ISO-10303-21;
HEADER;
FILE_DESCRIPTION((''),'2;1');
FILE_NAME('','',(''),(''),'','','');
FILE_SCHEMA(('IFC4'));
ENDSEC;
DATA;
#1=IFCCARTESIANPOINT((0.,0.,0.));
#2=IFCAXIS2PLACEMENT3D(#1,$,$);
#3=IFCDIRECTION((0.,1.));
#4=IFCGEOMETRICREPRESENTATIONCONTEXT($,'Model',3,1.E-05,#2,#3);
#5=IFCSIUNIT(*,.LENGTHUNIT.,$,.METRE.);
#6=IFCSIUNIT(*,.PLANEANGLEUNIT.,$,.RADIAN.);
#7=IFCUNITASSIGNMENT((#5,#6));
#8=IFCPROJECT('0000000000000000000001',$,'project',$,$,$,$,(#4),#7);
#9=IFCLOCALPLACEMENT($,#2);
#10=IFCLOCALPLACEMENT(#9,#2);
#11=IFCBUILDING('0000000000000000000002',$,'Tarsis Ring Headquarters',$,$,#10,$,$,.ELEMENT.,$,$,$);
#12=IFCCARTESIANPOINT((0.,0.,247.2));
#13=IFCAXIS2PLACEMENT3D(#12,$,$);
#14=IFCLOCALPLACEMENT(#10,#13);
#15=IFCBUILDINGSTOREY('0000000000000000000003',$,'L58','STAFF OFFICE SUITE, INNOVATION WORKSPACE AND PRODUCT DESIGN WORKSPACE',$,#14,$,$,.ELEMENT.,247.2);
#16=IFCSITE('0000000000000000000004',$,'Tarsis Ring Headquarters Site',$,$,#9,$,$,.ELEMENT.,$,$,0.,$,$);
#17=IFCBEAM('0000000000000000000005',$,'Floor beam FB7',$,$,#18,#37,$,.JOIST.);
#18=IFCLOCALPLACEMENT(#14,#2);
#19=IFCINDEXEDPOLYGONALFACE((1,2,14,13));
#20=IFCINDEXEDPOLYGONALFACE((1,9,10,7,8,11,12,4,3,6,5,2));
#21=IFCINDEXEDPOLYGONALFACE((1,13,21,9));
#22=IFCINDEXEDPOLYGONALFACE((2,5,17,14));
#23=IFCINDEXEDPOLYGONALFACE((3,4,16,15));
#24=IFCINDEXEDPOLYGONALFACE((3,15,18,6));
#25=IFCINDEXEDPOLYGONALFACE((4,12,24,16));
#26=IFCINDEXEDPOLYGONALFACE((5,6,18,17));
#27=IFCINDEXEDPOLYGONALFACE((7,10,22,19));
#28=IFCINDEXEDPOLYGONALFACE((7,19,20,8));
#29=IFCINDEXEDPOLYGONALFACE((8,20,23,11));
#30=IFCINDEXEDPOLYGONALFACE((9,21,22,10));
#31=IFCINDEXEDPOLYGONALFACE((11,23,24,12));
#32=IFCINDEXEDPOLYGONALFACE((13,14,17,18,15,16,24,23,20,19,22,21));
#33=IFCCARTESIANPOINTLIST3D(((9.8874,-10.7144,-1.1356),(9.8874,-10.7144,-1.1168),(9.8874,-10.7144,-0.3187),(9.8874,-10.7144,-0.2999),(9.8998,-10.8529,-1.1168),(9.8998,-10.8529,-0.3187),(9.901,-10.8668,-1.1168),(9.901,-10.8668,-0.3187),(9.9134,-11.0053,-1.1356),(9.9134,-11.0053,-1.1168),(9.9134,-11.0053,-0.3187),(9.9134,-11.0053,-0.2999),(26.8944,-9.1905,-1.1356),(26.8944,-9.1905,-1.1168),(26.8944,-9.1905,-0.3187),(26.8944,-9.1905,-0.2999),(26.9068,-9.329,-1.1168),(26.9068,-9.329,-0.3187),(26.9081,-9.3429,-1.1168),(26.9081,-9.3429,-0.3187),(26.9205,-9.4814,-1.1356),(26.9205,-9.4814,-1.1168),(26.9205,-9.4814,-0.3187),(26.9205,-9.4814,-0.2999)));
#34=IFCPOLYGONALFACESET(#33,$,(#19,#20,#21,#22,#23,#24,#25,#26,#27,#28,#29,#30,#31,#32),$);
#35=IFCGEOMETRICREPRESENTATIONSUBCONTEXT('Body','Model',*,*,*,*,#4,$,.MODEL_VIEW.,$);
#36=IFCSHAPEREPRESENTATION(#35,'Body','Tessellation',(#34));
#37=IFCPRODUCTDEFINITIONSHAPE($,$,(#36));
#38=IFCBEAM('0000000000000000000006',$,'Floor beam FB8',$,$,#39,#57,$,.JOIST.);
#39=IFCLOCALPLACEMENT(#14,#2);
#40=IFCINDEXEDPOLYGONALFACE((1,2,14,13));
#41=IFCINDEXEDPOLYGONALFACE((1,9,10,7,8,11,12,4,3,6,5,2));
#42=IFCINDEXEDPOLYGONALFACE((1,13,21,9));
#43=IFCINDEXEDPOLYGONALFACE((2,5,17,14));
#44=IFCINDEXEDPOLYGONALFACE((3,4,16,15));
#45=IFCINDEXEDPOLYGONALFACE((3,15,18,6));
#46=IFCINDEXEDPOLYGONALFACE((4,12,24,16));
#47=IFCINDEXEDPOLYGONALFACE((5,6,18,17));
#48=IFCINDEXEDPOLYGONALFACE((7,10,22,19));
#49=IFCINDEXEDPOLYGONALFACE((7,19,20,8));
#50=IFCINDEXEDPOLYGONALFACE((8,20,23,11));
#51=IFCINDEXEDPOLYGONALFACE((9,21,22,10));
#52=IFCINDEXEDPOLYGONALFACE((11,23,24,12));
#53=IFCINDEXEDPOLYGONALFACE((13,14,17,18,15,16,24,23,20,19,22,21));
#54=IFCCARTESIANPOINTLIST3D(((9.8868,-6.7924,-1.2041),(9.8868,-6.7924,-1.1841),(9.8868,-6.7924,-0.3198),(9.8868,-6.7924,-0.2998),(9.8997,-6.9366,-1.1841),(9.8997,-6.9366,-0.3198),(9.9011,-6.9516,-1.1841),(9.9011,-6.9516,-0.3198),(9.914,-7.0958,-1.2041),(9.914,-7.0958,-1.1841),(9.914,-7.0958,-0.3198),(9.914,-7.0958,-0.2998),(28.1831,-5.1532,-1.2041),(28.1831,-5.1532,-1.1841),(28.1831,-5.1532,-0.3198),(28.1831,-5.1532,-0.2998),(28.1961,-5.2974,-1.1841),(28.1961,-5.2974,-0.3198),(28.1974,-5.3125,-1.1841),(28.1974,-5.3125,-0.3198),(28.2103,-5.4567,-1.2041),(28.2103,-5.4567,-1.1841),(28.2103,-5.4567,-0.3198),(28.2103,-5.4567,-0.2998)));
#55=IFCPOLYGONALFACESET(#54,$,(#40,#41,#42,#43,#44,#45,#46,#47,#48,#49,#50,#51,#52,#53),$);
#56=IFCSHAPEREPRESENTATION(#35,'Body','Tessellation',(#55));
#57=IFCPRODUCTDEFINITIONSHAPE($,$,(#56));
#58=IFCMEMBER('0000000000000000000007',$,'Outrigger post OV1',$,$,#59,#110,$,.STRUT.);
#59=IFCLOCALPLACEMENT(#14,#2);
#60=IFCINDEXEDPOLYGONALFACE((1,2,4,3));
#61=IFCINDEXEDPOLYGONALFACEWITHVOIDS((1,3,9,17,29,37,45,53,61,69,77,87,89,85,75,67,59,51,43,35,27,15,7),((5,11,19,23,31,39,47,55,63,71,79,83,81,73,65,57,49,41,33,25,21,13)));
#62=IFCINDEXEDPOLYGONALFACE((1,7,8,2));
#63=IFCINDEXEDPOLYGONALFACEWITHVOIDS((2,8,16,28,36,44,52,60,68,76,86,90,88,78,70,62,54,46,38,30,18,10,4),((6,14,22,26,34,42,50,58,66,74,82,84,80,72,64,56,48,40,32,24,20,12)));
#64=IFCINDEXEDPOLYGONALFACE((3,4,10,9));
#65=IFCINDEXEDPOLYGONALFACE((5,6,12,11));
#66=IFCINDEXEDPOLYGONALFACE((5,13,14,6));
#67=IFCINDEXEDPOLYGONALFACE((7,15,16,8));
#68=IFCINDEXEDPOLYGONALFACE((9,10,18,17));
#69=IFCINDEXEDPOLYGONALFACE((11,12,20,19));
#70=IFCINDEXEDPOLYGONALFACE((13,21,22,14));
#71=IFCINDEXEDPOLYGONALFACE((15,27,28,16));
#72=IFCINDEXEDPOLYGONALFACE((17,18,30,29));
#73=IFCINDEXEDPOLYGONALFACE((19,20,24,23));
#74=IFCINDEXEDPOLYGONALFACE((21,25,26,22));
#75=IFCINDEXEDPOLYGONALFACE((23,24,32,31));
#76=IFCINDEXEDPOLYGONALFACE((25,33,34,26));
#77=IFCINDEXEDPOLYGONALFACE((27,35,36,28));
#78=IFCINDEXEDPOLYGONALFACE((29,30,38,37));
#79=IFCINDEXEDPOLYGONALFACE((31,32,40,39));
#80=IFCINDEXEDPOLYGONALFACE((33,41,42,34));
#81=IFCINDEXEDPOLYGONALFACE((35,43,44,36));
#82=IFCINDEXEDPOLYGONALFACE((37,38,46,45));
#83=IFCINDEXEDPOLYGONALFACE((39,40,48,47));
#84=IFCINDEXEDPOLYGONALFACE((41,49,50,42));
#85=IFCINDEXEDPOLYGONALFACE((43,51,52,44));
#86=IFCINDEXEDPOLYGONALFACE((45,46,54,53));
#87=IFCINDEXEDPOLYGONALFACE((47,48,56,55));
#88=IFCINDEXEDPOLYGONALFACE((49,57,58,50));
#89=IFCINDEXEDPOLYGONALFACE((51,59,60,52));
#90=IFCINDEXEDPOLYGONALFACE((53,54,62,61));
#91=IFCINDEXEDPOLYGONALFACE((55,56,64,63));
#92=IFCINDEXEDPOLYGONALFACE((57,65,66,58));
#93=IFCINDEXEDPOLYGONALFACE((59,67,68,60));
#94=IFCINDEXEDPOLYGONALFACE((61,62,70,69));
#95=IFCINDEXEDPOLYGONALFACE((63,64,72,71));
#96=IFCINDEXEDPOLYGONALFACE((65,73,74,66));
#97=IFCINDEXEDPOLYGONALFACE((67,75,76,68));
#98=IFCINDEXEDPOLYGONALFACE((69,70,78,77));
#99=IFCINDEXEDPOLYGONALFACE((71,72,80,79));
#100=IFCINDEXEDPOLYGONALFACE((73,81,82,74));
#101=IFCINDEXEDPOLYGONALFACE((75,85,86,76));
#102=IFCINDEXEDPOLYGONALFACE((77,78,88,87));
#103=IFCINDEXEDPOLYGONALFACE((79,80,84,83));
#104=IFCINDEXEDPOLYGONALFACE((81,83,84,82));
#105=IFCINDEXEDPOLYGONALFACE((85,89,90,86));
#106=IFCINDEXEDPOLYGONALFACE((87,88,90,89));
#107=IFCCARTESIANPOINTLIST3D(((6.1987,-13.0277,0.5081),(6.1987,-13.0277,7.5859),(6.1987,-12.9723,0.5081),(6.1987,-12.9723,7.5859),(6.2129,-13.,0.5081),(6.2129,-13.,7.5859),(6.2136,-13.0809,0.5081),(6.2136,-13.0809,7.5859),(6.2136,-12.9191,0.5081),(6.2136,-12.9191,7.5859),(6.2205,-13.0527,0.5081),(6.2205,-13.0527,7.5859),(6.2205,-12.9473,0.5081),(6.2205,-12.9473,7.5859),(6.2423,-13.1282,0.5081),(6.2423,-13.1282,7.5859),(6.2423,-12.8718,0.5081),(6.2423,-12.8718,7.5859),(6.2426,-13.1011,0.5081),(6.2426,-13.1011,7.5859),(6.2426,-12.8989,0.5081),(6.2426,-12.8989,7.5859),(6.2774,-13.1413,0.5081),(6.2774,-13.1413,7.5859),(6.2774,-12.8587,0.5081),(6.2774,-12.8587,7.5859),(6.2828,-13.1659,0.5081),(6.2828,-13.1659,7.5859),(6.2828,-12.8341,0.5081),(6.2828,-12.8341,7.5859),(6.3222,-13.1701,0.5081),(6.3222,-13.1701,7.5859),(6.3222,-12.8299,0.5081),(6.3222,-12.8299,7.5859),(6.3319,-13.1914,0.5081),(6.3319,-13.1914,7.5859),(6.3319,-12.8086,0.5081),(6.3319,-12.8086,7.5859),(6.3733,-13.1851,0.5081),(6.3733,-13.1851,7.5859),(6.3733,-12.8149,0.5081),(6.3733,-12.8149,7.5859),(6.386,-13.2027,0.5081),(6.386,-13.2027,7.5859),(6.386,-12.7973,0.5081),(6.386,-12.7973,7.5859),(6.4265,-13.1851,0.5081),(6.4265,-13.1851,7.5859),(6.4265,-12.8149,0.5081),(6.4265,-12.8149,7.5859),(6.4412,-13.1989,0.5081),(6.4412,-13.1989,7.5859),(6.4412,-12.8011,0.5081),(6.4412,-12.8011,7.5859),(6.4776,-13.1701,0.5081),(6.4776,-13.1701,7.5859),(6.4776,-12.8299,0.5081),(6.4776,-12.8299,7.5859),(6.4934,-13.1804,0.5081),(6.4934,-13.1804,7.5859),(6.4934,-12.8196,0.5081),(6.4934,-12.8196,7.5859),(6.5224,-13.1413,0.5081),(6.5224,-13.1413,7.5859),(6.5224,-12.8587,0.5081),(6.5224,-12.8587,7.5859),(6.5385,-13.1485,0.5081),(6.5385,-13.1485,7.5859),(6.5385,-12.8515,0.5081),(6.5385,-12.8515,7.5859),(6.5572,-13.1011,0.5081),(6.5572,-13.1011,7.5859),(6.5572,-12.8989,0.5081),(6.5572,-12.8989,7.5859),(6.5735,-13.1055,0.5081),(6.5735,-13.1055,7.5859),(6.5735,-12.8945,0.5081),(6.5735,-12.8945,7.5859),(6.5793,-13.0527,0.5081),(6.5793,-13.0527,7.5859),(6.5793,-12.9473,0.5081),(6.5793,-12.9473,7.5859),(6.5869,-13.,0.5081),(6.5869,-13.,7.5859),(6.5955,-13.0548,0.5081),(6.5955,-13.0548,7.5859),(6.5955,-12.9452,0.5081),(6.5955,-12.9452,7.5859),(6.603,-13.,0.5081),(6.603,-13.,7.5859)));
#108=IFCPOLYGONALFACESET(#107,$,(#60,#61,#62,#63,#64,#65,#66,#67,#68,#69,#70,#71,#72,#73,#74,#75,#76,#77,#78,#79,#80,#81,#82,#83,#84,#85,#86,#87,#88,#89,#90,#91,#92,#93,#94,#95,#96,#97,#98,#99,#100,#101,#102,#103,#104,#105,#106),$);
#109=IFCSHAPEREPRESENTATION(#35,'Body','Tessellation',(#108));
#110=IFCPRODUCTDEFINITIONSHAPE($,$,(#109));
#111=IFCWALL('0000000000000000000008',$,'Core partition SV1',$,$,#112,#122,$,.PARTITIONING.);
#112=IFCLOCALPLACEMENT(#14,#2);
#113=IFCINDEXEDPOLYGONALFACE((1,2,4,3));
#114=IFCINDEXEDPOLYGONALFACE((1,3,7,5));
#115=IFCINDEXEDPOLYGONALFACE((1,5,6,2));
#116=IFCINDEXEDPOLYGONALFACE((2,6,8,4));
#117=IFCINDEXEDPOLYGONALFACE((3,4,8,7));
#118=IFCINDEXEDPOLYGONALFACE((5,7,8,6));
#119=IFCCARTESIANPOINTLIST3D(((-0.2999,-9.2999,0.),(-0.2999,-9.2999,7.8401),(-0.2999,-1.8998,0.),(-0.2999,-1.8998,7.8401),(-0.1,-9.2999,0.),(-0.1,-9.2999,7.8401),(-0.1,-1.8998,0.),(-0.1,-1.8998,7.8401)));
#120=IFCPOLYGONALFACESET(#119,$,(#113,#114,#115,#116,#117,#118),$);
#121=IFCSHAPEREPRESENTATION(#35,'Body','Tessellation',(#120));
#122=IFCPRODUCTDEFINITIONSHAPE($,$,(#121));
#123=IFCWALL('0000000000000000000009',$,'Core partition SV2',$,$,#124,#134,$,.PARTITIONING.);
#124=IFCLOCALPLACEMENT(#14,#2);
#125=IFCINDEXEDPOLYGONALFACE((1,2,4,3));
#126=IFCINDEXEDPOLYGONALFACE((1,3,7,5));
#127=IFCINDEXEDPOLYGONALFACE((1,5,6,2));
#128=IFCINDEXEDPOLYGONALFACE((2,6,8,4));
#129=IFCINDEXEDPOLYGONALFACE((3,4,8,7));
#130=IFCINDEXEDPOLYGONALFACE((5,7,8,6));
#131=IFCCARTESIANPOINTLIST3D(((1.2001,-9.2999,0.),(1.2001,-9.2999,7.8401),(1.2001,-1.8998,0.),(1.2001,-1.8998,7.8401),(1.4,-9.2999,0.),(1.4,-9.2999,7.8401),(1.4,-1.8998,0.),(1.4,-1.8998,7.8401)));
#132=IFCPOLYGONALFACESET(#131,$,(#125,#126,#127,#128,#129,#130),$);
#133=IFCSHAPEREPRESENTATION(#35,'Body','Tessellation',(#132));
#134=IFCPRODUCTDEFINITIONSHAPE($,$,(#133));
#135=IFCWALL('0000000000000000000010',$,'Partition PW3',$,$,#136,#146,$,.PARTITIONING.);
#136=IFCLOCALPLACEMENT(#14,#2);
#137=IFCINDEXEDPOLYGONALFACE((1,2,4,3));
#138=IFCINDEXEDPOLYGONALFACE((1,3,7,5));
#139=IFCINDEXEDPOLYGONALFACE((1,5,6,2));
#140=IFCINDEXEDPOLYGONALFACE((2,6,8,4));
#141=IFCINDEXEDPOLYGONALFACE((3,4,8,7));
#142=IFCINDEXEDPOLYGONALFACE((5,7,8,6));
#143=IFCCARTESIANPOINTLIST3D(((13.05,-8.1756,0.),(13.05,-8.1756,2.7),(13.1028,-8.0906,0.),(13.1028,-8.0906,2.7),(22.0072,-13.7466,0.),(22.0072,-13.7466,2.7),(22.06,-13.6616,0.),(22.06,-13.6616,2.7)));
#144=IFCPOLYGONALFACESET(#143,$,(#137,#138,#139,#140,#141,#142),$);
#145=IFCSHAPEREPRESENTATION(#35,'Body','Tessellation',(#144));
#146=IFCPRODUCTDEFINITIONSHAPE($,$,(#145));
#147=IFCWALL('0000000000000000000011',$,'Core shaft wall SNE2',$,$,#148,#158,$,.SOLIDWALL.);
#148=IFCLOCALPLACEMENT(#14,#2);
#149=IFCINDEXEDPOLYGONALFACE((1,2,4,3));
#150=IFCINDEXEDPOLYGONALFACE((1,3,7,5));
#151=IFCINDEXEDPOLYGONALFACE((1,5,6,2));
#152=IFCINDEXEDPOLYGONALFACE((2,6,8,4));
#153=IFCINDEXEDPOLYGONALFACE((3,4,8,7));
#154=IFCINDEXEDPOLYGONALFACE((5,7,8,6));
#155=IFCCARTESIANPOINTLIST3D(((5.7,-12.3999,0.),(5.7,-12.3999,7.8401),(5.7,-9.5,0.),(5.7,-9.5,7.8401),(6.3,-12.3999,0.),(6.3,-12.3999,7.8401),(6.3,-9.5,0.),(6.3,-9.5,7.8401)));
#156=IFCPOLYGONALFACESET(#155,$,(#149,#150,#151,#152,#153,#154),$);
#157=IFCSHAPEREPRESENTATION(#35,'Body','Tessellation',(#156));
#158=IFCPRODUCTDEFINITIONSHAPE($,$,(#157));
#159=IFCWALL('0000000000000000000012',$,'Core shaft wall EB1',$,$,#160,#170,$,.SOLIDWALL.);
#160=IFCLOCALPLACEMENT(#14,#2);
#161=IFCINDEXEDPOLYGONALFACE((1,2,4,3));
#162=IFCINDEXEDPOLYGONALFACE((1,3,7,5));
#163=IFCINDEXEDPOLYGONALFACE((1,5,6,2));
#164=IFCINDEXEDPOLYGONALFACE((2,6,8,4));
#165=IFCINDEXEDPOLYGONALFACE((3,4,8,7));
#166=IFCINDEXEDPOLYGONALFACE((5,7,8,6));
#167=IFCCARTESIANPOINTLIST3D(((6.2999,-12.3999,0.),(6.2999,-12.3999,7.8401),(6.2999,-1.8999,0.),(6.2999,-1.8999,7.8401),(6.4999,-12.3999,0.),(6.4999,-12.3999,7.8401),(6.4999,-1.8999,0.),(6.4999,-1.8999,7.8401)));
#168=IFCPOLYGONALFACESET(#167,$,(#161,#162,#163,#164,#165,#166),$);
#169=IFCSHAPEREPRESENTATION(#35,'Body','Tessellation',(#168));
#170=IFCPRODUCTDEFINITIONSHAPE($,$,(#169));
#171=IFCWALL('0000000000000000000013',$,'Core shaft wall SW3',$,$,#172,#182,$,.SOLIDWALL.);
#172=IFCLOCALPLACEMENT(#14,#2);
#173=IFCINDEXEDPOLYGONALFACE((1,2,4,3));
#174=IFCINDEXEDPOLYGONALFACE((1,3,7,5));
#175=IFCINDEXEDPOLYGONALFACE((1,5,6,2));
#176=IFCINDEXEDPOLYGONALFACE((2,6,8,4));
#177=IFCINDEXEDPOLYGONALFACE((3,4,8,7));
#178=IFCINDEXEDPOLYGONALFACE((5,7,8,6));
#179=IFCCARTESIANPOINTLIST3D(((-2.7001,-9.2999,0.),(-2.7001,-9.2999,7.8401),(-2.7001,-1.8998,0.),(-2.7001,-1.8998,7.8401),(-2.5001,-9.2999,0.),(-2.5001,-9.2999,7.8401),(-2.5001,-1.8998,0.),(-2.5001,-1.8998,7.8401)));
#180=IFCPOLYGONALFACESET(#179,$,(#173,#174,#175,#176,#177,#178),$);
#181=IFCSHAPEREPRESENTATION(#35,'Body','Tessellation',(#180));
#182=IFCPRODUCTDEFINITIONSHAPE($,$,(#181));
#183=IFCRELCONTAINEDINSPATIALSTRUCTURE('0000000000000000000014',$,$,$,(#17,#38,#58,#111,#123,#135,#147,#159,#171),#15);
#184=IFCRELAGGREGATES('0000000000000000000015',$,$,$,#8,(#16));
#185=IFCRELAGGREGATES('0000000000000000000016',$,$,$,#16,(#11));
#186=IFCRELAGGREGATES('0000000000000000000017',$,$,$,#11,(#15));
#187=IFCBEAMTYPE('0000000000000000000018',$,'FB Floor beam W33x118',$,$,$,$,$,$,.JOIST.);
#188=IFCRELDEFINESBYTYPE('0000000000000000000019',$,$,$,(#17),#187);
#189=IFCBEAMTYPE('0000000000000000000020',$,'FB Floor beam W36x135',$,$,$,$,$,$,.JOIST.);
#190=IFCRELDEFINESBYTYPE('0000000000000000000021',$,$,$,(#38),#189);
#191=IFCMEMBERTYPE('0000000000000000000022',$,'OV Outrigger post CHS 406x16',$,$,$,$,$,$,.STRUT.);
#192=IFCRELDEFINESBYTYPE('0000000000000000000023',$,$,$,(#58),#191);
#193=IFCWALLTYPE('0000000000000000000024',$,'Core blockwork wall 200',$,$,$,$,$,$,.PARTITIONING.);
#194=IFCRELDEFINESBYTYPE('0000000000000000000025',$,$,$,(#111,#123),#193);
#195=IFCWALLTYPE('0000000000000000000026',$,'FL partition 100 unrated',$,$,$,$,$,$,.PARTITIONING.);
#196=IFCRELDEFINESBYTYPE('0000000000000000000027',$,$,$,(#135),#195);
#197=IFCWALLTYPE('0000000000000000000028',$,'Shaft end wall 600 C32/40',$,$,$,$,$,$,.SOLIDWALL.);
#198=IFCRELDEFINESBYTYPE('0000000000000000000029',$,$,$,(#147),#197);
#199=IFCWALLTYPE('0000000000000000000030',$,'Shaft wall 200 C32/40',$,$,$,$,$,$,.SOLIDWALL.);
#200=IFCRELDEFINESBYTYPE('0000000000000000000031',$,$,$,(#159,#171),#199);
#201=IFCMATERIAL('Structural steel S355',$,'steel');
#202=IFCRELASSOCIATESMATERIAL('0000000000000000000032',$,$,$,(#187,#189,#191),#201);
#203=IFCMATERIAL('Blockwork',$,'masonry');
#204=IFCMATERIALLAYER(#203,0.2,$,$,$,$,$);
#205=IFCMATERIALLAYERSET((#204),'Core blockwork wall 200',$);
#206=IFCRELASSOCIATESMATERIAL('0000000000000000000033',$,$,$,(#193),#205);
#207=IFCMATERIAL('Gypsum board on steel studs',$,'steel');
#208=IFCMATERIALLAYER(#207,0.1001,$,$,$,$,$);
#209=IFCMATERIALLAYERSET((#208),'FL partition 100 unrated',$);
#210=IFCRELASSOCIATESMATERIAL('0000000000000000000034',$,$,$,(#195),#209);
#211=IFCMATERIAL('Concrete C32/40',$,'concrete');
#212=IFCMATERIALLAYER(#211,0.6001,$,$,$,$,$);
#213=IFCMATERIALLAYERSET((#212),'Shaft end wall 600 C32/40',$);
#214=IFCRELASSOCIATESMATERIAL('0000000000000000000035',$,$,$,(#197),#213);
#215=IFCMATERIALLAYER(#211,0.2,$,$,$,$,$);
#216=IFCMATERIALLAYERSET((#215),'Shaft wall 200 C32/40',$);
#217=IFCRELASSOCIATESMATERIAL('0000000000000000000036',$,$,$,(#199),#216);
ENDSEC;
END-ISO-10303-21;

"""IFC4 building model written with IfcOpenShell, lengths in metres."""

from ifc_helpers import new_model, si_unit, direction, frame, frame_2d, origin, origin_2d, place, context, subcontext, project, spatial, rectangle, hollow_circle, i_section, extrude, material, layer, layer_set, material_profile, profile_set, type_object, element, save


model = new_model("IFC4")

# Units and contexts
model_context = context("Model", 3, precision=1e-05, world=origin(), true_north=direction((0.0, 1.0)))
body_context = subcontext(model_context, "Body", "Model", "MODEL_VIEW")
ifc_project = project(units=[si_unit("LENGTHUNIT", "METRE"), si_unit("PLANEANGLEUNIT", "RADIAN")], contexts=[model_context])

# Site, building, storey
site_placement = place(None, origin())
site = spatial("IfcSite", under=ifc_project, at=site_placement, Name="Tarsis Ring Headquarters Site", CompositionType="ELEMENT", RefElevation=0.0)
building_placement = place(site_placement, origin())
building = spatial("IfcBuilding", under=site, at=building_placement, Name="Tarsis Ring Headquarters", CompositionType="ELEMENT")
storey_placement = place(building_placement, frame((0.0, 0.0, 247.2)))
storey = spatial("IfcBuildingStorey", under=building, at=storey_placement, Name="L58", Description="STAFF OFFICE SUITE, INNOVATION WORKSPACE AND PRODUCT DESIGN WORKSPACE", CompositionType="ELEMENT", Elevation=247.2)

# Beams
ifc_material_1 = material(Name="Structural steel S355", Category="steel")
ifc_material_profile_1 = material_profile(ifc_material_1, i_section(OverallWidth=0.292, OverallDepth=0.8357, WebThickness=0.0139, FlangeThickness=0.0188, at=origin_2d()), Name="W33x118")
ifc_profile_set_1 = profile_set([ifc_material_profile_1], Name="Structural steel S355")
beam_type_1 = type_object("IfcBeamType", Name="FB Floor beam W33x118", PredefinedType="JOIST", material=ifc_profile_set_1)
beam_1_placement = place(storey_placement, frame((9.9004, -10.8599, -0.7178), z_axis=(0.996009, 0.089248, 0.0), x_axis=(-0.089248, 0.996009, 0.0)))
element("IfcBeam", 1, at=beam_1_placement, inside=storey, type_object=beam_type_1, Name="Floor beam FB7", PredefinedType="JOIST", context=body_context, shape_type="SweptSolid", body=[
    extrude(i_section(OverallWidth=0.292, OverallDepth=0.8357, WebThickness=0.0139, FlangeThickness=0.0188, at=origin_2d()), origin(), (0.0, 0.0, 1.0), 17.0752),
])
ifc_material_profile_2 = material_profile(ifc_material_1, i_section(OverallWidth=0.3047, OverallDepth=0.9043, WebThickness=0.0151, FlangeThickness=0.02, at=origin_2d()), Name="W36x135")
ifc_profile_set_2 = profile_set([ifc_material_profile_2], Name="Structural steel S355")
beam_type_2 = type_object("IfcBeamType", Name="FB Floor beam W36x135", PredefinedType="JOIST", material=ifc_profile_set_2)
beam_2_placement = place(storey_placement, frame((9.9004, -6.9441, -0.752), z_axis=(0.996011, 0.089232, 0.0), x_axis=(-0.089232, 0.996011, 0.0)))
element("IfcBeam", 2, at=beam_2_placement, inside=storey, type_object=beam_type_2, Name="Floor beam FB8", PredefinedType="JOIST", context=body_context, shape_type="SweptSolid", body=[
    extrude(i_section(OverallWidth=0.3047, OverallDepth=0.9043, WebThickness=0.0151, FlangeThickness=0.02, at=origin_2d()), origin(), (0.0, 0.0, 1.0), 18.3696),
])

# Member
ifc_material_profile_3 = material_profile(ifc_material_1, hollow_circle(Radius=0.2031, WallThickness=0.0161, at=origin_2d()), Name="CHS 406x16")
ifc_profile_set_3 = profile_set([ifc_material_profile_3], Name="Structural steel S355")
member_type = type_object("IfcMemberType", Name="OV Outrigger post CHS 406x16", PredefinedType="STRUT", material=ifc_profile_set_3)
member_placement = place(storey_placement, frame((6.3999, -13.0, 0.5081), z_axis=(0.0, 0.0, 1.0), x_axis=(1.0, 0.0, 0.0)))
element("IfcMember", 3, at=member_placement, inside=storey, type_object=member_type, Name="Outrigger post OV1", PredefinedType="STRUT", context=body_context, shape_type="SweptSolid", body=[
    extrude(hollow_circle(Radius=0.2031, WallThickness=0.0161, at=origin_2d()), origin(), (0.0, 0.0, 1.0), 7.0779),
])

# Walls
ifc_material_2 = material(Name="Blockwork", Category="masonry")
ifc_layer_1 = layer(ifc_material_2, 0.2)
ifc_layer_set_1 = layer_set([ifc_layer_1], Name="Core blockwork wall 200")
wall_type_1 = type_object("IfcWallType", Name="Core blockwork wall 200", PredefinedType="PARTITIONING", material=ifc_layer_set_1)
for number, where, z_axis, x_axis, name in (
    (4, (-0.2, -9.3, 0.0), (0.0, 0.0, 1.0), (0.0, 1.0, 0.0), "Core partition SV1"),
    (5, (1.3, -9.3, 0.0), (0.0, 0.0, 1.0), (0.0, 1.0, 0.0), "Core partition SV2"),
):
    element("IfcWall", number, at=place(storey_placement, frame(where, z_axis=z_axis, x_axis=x_axis)), inside=storey, type_object=wall_type_1, Name=name, PredefinedType="PARTITIONING", context=body_context, shape_type="SweptSolid", body=[
        extrude(rectangle(XDim=7.4001, YDim=0.2, at=frame_2d((3.7002, 0.0))), origin(), (0.0, 0.0, 1.0), 7.8401),
    ])

# Walls
ifc_material_3 = material(Name="Gypsum board on steel studs", Category="steel")
ifc_layer_2 = layer(ifc_material_3, 0.1001)
ifc_layer_set_2 = layer_set([ifc_layer_2], Name="FL partition 100 unrated")
wall_type_2 = type_object("IfcWallType", Name="FL partition 100 unrated", PredefinedType="PARTITIONING", material=ifc_layer_set_2)
wall_1_placement = place(storey_placement, frame((13.0764, -8.1331, 0.0), z_axis=(0.0, 0.0, 1.0), x_axis=(0.849157, -0.52814, 0.0)))
element("IfcWall", 6, at=wall_1_placement, inside=storey, type_object=wall_type_2, Name="Partition PW3", PredefinedType="PARTITIONING", context=body_context, shape_type="SweptSolid", body=[
    extrude(rectangle(XDim=10.5483, YDim=0.1001, at=frame_2d((5.2742, 0.0))), origin(), (0.0, 0.0, 1.0), 2.7),
])
ifc_material_4 = material(Name="Concrete C32/40", Category="concrete")
ifc_layer_3 = layer(ifc_material_4, 0.6001)
ifc_layer_set_3 = layer_set([ifc_layer_3], Name="Shaft end wall 600 C32/40")
wall_type_3 = type_object("IfcWallType", Name="Shaft end wall 600 C32/40", PredefinedType="SOLIDWALL", material=ifc_layer_set_3)
wall_2_placement = place(storey_placement, frame((6.0, -12.3999, 0.0), z_axis=(0.0, 0.0, 1.0), x_axis=(0.0, 1.0, 0.0)))
element("IfcWall", 7, at=wall_2_placement, inside=storey, type_object=wall_type_3, Name="Core shaft wall SNE2", PredefinedType="SOLIDWALL", context=body_context, shape_type="SweptSolid", body=[
    extrude(rectangle(XDim=2.8999, YDim=0.6001, at=frame_2d((1.45, 0.0))), origin(), (0.0, 0.0, 1.0), 7.8401),
])
ifc_layer_4 = layer(ifc_material_4, 0.2)
ifc_layer_set_4 = layer_set([ifc_layer_4], Name="Shaft wall 200 C32/40")
wall_type_4 = type_object("IfcWallType", Name="Shaft wall 200 C32/40", PredefinedType="SOLIDWALL", material=ifc_layer_set_4)
wall_3_placement = place(storey_placement, frame((6.3999, -12.3999, 0.0), z_axis=(0.0, 0.0, 1.0), x_axis=(0.0, 1.0, 0.0)))
element("IfcWall", 8, at=wall_3_placement, inside=storey, type_object=wall_type_4, Name="Core shaft wall EB1", PredefinedType="SOLIDWALL", context=body_context, shape_type="SweptSolid", body=[
    extrude(rectangle(XDim=10.5, YDim=0.2, at=frame_2d((5.25, 0.0))), origin(), (0.0, 0.0, 1.0), 7.8401),
])
for number, where, z_axis, x_axis, name in (
    (9, (-2.6001, -9.3, 0.0), (0.0, 0.0, 1.0), (0.0, 1.0, 0.0), "Core shaft wall SW3"),
):
    element("IfcWall", number, at=place(storey_placement, frame(where, z_axis=z_axis, x_axis=x_axis)), inside=storey, type_object=wall_type_4, Name=name, PredefinedType="SOLIDWALL", context=body_context, shape_type="SweptSolid", body=[
        extrude(rectangle(XDim=7.4001, YDim=0.2, at=frame_2d((3.7002, 0.0))), origin(), (0.0, 0.0, 1.0), 7.8401),
    ])

save(model, "model.ifc")
